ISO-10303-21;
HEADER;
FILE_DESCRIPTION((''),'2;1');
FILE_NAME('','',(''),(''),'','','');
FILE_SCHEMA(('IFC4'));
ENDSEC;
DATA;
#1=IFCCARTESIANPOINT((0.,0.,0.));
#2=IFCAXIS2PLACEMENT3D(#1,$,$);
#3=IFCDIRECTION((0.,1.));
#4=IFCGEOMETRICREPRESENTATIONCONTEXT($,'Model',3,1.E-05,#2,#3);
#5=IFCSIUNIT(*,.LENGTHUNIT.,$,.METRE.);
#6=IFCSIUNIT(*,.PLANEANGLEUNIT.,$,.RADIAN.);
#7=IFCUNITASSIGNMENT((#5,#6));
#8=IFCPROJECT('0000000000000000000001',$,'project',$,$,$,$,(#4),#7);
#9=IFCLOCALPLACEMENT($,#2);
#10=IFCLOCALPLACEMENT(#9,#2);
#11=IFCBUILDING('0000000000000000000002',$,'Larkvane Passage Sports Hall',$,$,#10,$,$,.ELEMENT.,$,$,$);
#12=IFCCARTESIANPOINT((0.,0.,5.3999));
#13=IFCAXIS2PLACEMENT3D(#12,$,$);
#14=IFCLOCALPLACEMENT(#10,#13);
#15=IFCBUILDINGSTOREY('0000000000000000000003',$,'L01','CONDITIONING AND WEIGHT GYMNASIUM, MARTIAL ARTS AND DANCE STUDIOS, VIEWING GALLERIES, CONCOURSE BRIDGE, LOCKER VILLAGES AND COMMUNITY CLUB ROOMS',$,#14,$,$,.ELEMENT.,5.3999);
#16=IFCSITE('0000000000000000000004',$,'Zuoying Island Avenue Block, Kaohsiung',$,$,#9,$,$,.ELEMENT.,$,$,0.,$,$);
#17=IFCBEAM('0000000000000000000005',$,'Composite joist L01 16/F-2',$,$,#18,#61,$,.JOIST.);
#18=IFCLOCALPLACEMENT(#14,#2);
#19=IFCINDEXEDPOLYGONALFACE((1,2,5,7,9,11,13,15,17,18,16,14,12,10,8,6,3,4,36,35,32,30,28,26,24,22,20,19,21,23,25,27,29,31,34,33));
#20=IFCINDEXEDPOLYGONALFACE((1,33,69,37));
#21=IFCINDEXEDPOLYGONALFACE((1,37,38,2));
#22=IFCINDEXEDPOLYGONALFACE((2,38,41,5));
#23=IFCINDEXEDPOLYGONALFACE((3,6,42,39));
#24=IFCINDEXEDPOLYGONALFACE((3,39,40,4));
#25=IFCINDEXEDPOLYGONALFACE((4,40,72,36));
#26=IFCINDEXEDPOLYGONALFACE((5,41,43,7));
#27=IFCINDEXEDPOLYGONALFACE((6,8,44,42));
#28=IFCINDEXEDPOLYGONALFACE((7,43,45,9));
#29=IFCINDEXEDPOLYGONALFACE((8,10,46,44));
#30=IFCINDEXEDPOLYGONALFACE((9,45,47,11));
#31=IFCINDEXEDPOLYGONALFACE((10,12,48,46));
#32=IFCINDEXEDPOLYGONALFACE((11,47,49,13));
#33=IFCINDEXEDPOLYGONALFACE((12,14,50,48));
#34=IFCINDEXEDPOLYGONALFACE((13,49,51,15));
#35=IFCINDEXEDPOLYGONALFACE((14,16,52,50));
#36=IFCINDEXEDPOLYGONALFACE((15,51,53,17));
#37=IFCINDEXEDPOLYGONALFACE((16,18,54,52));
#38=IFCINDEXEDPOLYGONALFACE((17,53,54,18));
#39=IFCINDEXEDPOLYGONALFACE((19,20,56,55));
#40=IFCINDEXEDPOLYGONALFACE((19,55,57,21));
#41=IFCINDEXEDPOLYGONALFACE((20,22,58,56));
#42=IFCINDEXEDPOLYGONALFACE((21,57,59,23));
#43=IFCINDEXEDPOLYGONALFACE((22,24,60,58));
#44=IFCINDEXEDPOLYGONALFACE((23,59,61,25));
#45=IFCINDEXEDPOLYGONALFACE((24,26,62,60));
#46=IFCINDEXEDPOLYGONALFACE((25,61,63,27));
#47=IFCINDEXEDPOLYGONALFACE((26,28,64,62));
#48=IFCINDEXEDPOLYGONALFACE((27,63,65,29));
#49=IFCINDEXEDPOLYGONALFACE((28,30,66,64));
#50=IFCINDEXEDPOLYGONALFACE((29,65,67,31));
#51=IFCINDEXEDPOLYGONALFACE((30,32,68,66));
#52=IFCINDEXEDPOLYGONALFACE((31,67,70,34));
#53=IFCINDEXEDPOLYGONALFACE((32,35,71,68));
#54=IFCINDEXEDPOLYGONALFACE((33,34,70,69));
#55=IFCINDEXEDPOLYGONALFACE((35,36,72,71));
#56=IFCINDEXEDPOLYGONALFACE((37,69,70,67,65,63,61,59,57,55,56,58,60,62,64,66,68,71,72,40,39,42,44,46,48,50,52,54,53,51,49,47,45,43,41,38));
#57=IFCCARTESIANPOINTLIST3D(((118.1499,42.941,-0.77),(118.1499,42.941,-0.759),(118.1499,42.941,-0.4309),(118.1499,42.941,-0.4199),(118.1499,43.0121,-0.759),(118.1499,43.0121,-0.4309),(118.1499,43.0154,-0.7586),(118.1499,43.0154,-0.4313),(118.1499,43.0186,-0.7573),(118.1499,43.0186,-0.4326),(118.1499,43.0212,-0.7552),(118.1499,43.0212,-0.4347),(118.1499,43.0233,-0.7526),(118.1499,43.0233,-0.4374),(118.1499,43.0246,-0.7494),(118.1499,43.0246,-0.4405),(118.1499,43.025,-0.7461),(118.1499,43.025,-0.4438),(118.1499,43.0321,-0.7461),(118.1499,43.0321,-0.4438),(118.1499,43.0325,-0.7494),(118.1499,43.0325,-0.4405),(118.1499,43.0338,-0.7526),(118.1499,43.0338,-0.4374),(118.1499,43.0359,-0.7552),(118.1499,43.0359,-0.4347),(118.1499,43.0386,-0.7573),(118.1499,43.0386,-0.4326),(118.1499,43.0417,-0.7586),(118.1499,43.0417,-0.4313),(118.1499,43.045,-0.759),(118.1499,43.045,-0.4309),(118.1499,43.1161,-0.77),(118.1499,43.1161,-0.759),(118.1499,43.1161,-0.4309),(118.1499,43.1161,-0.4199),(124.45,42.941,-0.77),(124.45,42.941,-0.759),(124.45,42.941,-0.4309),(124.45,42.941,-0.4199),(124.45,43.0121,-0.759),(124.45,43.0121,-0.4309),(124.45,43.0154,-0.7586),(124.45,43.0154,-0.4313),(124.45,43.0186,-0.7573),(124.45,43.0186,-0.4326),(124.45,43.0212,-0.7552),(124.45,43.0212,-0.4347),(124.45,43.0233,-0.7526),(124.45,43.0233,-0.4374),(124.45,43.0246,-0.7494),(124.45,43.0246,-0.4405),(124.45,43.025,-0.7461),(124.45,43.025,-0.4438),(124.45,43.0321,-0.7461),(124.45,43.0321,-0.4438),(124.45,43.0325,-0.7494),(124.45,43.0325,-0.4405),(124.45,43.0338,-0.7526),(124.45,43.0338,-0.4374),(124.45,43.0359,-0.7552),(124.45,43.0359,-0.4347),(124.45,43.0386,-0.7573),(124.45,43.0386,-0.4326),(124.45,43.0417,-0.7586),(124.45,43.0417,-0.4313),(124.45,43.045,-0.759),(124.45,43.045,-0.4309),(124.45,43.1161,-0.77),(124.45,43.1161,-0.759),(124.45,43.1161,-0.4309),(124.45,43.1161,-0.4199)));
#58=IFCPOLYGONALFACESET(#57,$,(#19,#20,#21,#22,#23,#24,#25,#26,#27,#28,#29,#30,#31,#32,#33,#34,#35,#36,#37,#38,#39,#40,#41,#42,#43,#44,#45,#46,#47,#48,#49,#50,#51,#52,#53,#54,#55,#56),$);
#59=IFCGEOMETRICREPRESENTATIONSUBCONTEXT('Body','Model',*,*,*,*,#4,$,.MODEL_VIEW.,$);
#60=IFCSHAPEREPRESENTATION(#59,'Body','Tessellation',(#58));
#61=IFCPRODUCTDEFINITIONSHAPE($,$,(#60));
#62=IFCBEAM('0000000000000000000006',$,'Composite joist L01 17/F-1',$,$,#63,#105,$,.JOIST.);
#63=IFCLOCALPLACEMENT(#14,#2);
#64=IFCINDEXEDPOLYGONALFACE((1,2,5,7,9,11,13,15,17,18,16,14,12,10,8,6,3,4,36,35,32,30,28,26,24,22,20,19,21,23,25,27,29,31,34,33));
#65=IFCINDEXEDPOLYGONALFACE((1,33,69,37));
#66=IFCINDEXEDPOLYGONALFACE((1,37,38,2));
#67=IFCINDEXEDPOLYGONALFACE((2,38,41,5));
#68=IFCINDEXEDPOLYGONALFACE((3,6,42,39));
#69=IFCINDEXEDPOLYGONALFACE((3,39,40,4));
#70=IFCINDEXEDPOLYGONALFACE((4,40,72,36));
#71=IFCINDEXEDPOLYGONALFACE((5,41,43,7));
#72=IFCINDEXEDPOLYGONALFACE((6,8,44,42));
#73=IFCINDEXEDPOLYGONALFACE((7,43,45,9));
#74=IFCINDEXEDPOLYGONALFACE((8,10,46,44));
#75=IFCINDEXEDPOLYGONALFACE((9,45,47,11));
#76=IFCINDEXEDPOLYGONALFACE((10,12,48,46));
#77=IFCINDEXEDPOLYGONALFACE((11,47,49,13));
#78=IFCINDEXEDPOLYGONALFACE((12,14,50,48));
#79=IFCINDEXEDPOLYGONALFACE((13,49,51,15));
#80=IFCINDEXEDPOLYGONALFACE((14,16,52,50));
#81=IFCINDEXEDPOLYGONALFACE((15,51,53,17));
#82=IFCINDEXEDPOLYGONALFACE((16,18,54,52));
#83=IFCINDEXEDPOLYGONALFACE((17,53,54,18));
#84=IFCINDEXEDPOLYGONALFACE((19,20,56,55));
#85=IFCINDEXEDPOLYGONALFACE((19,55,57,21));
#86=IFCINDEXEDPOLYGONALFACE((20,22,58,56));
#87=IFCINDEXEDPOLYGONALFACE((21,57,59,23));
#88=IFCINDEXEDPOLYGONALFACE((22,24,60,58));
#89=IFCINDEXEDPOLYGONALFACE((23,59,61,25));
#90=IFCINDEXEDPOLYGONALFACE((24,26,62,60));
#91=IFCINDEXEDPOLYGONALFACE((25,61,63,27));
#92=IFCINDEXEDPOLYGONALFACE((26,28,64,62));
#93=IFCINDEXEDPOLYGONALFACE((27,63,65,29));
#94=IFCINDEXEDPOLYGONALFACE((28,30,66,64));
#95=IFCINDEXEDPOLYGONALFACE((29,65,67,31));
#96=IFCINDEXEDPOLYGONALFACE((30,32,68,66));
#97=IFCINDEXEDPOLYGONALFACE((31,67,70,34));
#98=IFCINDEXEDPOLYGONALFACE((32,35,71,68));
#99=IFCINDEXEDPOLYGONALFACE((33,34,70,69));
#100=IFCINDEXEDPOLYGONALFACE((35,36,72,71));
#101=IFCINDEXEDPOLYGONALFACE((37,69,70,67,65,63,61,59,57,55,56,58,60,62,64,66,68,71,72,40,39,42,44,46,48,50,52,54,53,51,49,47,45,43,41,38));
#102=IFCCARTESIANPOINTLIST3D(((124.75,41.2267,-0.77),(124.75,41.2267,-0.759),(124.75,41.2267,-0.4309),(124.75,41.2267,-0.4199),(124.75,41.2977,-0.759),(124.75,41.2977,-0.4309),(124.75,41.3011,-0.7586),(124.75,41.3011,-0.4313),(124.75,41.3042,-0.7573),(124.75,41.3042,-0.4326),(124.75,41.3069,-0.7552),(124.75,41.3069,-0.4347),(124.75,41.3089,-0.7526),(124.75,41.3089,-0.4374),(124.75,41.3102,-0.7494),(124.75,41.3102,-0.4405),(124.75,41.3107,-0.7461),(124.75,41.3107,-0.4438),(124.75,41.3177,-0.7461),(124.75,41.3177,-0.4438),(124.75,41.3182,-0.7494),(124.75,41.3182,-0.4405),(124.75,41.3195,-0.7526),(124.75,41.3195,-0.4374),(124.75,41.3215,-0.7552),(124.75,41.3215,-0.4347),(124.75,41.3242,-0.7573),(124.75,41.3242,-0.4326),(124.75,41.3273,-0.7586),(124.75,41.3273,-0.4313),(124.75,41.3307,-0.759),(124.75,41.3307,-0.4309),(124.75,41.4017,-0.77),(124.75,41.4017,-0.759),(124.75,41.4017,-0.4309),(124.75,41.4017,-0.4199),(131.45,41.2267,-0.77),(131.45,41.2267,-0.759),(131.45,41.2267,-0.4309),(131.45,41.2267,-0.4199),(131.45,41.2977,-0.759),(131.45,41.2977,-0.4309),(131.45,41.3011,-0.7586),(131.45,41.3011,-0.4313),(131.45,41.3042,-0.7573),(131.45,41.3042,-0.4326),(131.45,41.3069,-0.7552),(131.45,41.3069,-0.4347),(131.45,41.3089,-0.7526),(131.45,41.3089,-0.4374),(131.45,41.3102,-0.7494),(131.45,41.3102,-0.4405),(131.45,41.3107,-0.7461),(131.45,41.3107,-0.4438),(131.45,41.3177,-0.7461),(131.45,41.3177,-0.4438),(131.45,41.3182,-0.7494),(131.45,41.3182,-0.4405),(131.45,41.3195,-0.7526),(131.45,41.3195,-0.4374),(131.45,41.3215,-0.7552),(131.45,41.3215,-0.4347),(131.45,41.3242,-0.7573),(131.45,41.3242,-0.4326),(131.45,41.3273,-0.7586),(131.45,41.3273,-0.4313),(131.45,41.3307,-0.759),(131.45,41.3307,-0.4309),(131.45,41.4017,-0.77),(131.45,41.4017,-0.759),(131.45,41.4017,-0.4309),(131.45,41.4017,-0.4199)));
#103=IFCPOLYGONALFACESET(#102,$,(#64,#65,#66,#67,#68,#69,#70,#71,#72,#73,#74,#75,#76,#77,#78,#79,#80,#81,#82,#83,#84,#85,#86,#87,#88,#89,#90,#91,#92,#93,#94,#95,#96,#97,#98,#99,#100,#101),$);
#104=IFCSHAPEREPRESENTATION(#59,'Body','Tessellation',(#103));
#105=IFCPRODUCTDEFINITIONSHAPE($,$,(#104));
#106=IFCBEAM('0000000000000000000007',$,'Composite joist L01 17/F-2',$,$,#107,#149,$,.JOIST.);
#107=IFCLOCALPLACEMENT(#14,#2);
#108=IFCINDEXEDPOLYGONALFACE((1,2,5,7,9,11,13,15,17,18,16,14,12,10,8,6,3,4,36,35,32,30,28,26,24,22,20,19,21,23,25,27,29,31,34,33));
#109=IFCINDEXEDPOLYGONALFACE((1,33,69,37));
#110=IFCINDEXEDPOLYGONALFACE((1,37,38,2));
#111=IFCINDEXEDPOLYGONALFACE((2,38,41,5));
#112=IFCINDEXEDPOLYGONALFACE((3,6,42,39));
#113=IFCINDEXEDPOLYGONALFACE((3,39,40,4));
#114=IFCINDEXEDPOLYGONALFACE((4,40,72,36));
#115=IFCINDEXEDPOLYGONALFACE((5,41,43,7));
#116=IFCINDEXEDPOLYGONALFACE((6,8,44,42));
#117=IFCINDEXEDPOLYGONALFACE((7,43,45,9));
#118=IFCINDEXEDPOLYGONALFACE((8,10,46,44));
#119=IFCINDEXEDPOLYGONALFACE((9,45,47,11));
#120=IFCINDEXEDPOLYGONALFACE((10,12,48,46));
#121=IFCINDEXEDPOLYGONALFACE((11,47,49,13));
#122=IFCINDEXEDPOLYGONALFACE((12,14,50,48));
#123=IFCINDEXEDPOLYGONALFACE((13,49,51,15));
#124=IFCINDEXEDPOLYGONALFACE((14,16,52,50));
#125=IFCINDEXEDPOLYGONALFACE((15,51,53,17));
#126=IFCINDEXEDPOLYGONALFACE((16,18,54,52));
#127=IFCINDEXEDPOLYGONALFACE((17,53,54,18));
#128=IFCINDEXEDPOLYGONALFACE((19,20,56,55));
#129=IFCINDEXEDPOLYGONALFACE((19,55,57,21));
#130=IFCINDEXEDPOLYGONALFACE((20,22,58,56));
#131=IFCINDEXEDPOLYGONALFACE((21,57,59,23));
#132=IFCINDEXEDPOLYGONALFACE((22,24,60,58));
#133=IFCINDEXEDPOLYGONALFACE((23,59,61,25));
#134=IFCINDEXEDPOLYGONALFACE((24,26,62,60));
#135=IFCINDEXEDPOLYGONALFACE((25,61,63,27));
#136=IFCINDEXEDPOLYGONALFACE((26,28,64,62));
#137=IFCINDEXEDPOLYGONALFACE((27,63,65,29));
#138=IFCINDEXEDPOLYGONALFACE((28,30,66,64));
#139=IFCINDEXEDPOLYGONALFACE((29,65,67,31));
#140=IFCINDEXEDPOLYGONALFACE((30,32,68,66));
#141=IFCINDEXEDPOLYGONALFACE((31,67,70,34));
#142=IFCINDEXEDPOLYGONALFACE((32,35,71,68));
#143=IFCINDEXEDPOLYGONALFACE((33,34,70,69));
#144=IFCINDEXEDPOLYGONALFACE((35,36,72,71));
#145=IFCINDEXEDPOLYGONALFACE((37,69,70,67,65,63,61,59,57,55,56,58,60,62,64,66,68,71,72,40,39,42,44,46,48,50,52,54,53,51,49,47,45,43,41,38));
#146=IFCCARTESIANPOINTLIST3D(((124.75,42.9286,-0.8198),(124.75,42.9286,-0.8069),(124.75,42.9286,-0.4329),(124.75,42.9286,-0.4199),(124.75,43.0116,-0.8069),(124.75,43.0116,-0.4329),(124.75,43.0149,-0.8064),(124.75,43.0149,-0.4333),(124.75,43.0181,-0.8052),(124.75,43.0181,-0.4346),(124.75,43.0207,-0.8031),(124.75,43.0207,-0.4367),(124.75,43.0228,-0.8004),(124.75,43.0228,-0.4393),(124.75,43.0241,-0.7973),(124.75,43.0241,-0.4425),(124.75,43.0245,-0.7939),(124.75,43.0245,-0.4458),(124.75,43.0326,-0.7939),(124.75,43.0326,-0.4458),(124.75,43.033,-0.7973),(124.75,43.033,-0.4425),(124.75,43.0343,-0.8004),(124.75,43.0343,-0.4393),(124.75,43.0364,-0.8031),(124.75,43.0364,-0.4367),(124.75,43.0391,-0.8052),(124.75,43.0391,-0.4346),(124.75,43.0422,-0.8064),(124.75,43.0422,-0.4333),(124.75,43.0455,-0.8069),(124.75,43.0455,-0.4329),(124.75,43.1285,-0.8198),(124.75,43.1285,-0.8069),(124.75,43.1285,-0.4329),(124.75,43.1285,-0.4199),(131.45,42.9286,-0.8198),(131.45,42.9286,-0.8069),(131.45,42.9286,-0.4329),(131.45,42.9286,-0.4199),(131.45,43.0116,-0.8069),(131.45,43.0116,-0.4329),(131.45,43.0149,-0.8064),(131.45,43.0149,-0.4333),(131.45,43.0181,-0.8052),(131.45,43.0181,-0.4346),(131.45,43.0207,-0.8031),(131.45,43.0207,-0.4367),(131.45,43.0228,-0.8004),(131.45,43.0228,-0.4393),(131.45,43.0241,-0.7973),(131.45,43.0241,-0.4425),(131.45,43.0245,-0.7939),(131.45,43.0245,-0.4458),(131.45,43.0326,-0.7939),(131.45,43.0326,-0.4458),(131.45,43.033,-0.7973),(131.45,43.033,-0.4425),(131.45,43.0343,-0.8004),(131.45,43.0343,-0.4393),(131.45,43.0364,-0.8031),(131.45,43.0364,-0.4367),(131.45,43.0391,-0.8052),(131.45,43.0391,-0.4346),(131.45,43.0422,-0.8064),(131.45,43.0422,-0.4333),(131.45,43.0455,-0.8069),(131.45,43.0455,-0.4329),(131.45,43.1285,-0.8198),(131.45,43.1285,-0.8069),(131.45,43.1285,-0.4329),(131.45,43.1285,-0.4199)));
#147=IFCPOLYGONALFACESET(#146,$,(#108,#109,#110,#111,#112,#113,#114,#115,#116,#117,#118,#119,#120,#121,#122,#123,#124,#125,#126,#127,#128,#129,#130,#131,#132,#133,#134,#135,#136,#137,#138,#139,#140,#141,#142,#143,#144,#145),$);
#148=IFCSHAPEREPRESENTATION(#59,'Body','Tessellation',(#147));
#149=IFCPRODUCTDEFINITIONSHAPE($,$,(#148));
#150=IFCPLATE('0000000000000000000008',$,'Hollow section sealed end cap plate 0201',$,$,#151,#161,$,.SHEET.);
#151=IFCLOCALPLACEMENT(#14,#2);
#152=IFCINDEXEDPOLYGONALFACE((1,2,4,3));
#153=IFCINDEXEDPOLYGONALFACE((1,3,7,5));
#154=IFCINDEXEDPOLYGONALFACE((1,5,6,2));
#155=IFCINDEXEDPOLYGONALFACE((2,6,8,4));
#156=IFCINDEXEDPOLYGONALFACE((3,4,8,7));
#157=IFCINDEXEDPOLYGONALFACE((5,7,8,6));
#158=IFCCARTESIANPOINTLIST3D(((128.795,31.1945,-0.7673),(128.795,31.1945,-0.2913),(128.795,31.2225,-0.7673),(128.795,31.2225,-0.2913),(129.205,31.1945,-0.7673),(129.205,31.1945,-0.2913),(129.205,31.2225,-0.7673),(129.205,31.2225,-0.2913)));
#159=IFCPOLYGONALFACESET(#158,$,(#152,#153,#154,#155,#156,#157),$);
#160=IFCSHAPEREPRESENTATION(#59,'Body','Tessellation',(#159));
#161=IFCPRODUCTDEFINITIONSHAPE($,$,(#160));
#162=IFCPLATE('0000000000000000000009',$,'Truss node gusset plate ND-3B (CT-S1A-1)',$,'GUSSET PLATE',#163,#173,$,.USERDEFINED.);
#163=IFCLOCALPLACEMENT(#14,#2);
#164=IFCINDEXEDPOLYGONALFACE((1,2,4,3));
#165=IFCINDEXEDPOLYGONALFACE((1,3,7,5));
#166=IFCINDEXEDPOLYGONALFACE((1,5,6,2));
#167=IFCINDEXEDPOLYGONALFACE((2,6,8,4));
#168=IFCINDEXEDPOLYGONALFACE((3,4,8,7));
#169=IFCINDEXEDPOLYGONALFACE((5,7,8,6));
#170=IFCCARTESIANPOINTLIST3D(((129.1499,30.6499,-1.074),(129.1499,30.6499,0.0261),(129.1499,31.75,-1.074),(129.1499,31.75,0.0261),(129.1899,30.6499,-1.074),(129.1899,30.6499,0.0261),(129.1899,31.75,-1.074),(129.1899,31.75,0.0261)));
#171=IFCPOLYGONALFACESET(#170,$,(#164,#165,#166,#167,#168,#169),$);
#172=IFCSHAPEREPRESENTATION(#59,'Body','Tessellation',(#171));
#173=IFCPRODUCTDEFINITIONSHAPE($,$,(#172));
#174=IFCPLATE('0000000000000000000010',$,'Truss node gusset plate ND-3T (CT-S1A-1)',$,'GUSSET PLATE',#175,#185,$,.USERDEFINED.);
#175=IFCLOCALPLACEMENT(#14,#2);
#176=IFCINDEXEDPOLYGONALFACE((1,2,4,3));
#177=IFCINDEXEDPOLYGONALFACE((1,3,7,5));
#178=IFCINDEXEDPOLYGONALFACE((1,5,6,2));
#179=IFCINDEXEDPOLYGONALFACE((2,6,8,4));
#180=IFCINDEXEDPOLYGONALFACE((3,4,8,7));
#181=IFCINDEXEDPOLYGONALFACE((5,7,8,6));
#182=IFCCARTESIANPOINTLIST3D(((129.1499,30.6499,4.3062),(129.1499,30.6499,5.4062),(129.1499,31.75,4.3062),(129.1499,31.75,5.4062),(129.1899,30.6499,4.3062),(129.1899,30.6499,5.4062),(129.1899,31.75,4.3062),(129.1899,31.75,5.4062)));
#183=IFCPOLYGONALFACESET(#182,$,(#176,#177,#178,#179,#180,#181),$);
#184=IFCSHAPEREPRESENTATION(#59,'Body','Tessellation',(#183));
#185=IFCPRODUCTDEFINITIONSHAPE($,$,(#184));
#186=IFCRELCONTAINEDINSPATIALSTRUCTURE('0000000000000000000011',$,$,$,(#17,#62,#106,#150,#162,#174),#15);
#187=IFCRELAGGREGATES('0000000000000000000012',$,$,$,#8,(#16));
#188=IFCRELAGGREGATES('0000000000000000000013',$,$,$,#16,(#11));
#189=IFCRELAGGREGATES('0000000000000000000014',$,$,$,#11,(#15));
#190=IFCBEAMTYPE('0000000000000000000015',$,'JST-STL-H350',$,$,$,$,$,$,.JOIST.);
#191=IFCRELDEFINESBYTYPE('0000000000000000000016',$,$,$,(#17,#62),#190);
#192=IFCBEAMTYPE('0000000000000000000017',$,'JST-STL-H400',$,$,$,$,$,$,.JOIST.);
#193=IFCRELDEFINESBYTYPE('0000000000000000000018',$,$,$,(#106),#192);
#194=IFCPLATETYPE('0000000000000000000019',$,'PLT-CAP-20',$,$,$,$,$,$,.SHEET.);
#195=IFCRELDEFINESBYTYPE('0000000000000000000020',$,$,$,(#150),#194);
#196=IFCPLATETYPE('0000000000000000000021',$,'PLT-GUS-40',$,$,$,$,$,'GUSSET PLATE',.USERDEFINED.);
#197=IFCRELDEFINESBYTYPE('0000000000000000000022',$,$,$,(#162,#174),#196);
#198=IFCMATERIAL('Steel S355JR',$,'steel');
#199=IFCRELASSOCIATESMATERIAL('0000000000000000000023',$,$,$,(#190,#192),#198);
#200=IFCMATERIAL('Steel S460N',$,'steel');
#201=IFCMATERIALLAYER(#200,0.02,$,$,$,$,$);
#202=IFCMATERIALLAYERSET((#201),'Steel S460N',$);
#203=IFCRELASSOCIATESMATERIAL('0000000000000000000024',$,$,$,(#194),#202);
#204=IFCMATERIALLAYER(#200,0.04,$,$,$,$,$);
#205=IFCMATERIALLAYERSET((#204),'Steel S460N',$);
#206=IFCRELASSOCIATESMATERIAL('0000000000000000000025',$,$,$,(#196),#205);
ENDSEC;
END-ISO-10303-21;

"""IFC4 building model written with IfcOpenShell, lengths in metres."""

from ifc_helpers import new_model, si_unit, direction, frame, origin, origin_2d, place, context, subcontext, project, spatial, rectangle, i_section, extrude, material, layer, layer_set, material_profile, profile_set, type_object, element, save


model = new_model("IFC4")

# Units and contexts
model_context = context("Model", 3, precision=1e-05, world=origin(), true_north=direction((0.0, 1.0)))
body_context = subcontext(model_context, "Body", "Model", "MODEL_VIEW")
ifc_project = project(units=[si_unit("LENGTHUNIT", "METRE"), si_unit("PLANEANGLEUNIT", "RADIAN")], contexts=[model_context])

# Site, building, storey
site_placement = place(None, origin())
site = spatial("IfcSite", under=ifc_project, at=site_placement, Name="Zuoying Island Avenue Block, Kaohsiung", CompositionType="ELEMENT", RefElevation=0.0)
building_placement = place(site_placement, origin())
building = spatial("IfcBuilding", under=site, at=building_placement, Name="Larkvane Passage Sports Hall", CompositionType="ELEMENT")
storey_placement = place(building_placement, frame((0.0, 0.0, 5.3999)))
storey = spatial("IfcBuildingStorey", under=building, at=storey_placement, Name="L01", Description="CONDITIONING AND WEIGHT GYMNASIUM, MARTIAL ARTS AND DANCE STUDIOS, VIEWING GALLERIES, CONCOURSE BRIDGE, LOCKER VILLAGES AND COMMUNITY CLUB ROOMS", CompositionType="ELEMENT", Elevation=5.3999)

# Shared definitions
ifc_material_1 = material(Name="Steel S460N", Category="steel")

# Beams
ifc_material_2 = material(Name="Steel S355JR", Category="steel")
ifc_material_profile_1 = material_profile(ifc_material_2, i_section(OverallWidth=0.175, OverallDepth=0.3501, WebThickness=0.0071, FlangeThickness=0.011, FilletRadius=0.0129, at=origin_2d()), Name="H-350x175x7x11")
ifc_profile_set_1 = profile_set([ifc_material_profile_1], Name="Steel S355JR")
beam_type_1 = type_object("IfcBeamType", Name="JST-STL-H350", PredefinedType="JOIST", material=ifc_profile_set_1)
beam_1_placement = place(storey_placement, frame((118.1499, 43.0286, -0.595), z_axis=(1.0, 0.0, 0.0), x_axis=(0.0, 1.0, 0.0)))
element("IfcBeam", 1, at=beam_1_placement, inside=storey, type_object=beam_type_1, Name="Composite joist L01 16/F-2", PredefinedType="JOIST", context=body_context, shape_type="SweptSolid", body=[
    extrude(i_section(OverallWidth=0.175, OverallDepth=0.3501, WebThickness=0.0071, FlangeThickness=0.011, FilletRadius=0.0129, at=origin_2d()), origin(), (0.0, 0.0, 1.0), 6.3),
])
beam_2_placement = place(storey_placement, frame((124.75, 41.3142, -0.595), z_axis=(1.0, 0.0, 0.0), x_axis=(0.0, 1.0, 0.0)))
element("IfcBeam", 2, at=beam_2_placement, inside=storey, type_object=beam_type_1, Name="Composite joist L01 17/F-1", PredefinedType="JOIST", context=body_context, shape_type="SweptSolid", body=[
    extrude(i_section(OverallWidth=0.175, OverallDepth=0.3501, WebThickness=0.0071, FlangeThickness=0.011, FilletRadius=0.0129, at=origin_2d()), origin(), (0.0, 0.0, 1.0), 6.7),
])
ifc_material_profile_2 = material_profile(ifc_material_2, i_section(OverallWidth=0.2, OverallDepth=0.3999, WebThickness=0.0081, FlangeThickness=0.0129, FilletRadius=0.0129, at=origin_2d()), Name="H-400x200x8x13")
ifc_profile_set_2 = profile_set([ifc_material_profile_2], Name="Steel S355JR")
beam_type_2 = type_object("IfcBeamType", Name="JST-STL-H400", PredefinedType="JOIST", material=ifc_profile_set_2)
beam_3_placement = place(storey_placement, frame((124.75, 43.0286, -0.6199), z_axis=(1.0, 0.0, 0.0), x_axis=(0.0, 1.0, 0.0)))
element("IfcBeam", 3, at=beam_3_placement, inside=storey, type_object=beam_type_2, Name="Composite joist L01 17/F-2", PredefinedType="JOIST", context=body_context, shape_type="SweptSolid", body=[
    extrude(i_section(OverallWidth=0.2, OverallDepth=0.3999, WebThickness=0.0081, FlangeThickness=0.0129, FilletRadius=0.0129, at=origin_2d()), origin(), (0.0, 0.0, 1.0), 6.7),
])

# Plates
ifc_layer_1 = layer(ifc_material_1, 0.02)
ifc_layer_set_1 = layer_set([ifc_layer_1], Name="Steel S460N")
plate_type_1 = type_object("IfcPlateType", Name="PLT-CAP-20", PredefinedType="SHEET", material=ifc_layer_set_1)
plate_placement = place(storey_placement, frame((129.0, 31.2085, -0.7673), z_axis=(0.0, 0.0, 1.0), x_axis=(-1.0, 0.0, 0.0)))
element("IfcPlate", 4, at=plate_placement, inside=storey, type_object=plate_type_1, Name="Hollow section sealed end cap plate 0201", PredefinedType="SHEET", context=body_context, shape_type="SweptSolid", body=[
    extrude(rectangle(XDim=0.4099, YDim=0.0281, at=origin_2d()), origin(), (0.0, 0.0, 1.0), 0.4761),
])
ifc_layer_2 = layer(ifc_material_1, 0.04)
ifc_layer_set_2 = layer_set([ifc_layer_2], Name="Steel S460N")
plate_type_2 = type_object("IfcPlateType", Name="PLT-GUS-40", ElementType="GUSSET PLATE", PredefinedType="USERDEFINED", material=ifc_layer_set_2)
for number, where, z_axis, x_axis, name in (
    (5, (129.1699, 31.2, -1.074), (0.0, 0.0, 1.0), (0.0, 1.0, 0.0), "Truss node gusset plate ND-3B (CT-S1A-1)"),
    (6, (129.1699, 31.2, 4.3062), (0.0, 0.0, 1.0), (0.0, 1.0, 0.0), "Truss node gusset plate ND-3T (CT-S1A-1)"),
):
    element("IfcPlate", number, at=place(storey_placement, frame(where, z_axis=z_axis, x_axis=x_axis)), inside=storey, type_object=plate_type_2, Name=name, ObjectType="GUSSET PLATE", PredefinedType="USERDEFINED", context=body_context, shape_type="SweptSolid", body=[
        extrude(rectangle(XDim=1.1001, YDim=0.04, at=origin_2d()), origin(), (0.0, 0.0, 1.0), 1.1001),
    ])

save(model, "model.ifc")
